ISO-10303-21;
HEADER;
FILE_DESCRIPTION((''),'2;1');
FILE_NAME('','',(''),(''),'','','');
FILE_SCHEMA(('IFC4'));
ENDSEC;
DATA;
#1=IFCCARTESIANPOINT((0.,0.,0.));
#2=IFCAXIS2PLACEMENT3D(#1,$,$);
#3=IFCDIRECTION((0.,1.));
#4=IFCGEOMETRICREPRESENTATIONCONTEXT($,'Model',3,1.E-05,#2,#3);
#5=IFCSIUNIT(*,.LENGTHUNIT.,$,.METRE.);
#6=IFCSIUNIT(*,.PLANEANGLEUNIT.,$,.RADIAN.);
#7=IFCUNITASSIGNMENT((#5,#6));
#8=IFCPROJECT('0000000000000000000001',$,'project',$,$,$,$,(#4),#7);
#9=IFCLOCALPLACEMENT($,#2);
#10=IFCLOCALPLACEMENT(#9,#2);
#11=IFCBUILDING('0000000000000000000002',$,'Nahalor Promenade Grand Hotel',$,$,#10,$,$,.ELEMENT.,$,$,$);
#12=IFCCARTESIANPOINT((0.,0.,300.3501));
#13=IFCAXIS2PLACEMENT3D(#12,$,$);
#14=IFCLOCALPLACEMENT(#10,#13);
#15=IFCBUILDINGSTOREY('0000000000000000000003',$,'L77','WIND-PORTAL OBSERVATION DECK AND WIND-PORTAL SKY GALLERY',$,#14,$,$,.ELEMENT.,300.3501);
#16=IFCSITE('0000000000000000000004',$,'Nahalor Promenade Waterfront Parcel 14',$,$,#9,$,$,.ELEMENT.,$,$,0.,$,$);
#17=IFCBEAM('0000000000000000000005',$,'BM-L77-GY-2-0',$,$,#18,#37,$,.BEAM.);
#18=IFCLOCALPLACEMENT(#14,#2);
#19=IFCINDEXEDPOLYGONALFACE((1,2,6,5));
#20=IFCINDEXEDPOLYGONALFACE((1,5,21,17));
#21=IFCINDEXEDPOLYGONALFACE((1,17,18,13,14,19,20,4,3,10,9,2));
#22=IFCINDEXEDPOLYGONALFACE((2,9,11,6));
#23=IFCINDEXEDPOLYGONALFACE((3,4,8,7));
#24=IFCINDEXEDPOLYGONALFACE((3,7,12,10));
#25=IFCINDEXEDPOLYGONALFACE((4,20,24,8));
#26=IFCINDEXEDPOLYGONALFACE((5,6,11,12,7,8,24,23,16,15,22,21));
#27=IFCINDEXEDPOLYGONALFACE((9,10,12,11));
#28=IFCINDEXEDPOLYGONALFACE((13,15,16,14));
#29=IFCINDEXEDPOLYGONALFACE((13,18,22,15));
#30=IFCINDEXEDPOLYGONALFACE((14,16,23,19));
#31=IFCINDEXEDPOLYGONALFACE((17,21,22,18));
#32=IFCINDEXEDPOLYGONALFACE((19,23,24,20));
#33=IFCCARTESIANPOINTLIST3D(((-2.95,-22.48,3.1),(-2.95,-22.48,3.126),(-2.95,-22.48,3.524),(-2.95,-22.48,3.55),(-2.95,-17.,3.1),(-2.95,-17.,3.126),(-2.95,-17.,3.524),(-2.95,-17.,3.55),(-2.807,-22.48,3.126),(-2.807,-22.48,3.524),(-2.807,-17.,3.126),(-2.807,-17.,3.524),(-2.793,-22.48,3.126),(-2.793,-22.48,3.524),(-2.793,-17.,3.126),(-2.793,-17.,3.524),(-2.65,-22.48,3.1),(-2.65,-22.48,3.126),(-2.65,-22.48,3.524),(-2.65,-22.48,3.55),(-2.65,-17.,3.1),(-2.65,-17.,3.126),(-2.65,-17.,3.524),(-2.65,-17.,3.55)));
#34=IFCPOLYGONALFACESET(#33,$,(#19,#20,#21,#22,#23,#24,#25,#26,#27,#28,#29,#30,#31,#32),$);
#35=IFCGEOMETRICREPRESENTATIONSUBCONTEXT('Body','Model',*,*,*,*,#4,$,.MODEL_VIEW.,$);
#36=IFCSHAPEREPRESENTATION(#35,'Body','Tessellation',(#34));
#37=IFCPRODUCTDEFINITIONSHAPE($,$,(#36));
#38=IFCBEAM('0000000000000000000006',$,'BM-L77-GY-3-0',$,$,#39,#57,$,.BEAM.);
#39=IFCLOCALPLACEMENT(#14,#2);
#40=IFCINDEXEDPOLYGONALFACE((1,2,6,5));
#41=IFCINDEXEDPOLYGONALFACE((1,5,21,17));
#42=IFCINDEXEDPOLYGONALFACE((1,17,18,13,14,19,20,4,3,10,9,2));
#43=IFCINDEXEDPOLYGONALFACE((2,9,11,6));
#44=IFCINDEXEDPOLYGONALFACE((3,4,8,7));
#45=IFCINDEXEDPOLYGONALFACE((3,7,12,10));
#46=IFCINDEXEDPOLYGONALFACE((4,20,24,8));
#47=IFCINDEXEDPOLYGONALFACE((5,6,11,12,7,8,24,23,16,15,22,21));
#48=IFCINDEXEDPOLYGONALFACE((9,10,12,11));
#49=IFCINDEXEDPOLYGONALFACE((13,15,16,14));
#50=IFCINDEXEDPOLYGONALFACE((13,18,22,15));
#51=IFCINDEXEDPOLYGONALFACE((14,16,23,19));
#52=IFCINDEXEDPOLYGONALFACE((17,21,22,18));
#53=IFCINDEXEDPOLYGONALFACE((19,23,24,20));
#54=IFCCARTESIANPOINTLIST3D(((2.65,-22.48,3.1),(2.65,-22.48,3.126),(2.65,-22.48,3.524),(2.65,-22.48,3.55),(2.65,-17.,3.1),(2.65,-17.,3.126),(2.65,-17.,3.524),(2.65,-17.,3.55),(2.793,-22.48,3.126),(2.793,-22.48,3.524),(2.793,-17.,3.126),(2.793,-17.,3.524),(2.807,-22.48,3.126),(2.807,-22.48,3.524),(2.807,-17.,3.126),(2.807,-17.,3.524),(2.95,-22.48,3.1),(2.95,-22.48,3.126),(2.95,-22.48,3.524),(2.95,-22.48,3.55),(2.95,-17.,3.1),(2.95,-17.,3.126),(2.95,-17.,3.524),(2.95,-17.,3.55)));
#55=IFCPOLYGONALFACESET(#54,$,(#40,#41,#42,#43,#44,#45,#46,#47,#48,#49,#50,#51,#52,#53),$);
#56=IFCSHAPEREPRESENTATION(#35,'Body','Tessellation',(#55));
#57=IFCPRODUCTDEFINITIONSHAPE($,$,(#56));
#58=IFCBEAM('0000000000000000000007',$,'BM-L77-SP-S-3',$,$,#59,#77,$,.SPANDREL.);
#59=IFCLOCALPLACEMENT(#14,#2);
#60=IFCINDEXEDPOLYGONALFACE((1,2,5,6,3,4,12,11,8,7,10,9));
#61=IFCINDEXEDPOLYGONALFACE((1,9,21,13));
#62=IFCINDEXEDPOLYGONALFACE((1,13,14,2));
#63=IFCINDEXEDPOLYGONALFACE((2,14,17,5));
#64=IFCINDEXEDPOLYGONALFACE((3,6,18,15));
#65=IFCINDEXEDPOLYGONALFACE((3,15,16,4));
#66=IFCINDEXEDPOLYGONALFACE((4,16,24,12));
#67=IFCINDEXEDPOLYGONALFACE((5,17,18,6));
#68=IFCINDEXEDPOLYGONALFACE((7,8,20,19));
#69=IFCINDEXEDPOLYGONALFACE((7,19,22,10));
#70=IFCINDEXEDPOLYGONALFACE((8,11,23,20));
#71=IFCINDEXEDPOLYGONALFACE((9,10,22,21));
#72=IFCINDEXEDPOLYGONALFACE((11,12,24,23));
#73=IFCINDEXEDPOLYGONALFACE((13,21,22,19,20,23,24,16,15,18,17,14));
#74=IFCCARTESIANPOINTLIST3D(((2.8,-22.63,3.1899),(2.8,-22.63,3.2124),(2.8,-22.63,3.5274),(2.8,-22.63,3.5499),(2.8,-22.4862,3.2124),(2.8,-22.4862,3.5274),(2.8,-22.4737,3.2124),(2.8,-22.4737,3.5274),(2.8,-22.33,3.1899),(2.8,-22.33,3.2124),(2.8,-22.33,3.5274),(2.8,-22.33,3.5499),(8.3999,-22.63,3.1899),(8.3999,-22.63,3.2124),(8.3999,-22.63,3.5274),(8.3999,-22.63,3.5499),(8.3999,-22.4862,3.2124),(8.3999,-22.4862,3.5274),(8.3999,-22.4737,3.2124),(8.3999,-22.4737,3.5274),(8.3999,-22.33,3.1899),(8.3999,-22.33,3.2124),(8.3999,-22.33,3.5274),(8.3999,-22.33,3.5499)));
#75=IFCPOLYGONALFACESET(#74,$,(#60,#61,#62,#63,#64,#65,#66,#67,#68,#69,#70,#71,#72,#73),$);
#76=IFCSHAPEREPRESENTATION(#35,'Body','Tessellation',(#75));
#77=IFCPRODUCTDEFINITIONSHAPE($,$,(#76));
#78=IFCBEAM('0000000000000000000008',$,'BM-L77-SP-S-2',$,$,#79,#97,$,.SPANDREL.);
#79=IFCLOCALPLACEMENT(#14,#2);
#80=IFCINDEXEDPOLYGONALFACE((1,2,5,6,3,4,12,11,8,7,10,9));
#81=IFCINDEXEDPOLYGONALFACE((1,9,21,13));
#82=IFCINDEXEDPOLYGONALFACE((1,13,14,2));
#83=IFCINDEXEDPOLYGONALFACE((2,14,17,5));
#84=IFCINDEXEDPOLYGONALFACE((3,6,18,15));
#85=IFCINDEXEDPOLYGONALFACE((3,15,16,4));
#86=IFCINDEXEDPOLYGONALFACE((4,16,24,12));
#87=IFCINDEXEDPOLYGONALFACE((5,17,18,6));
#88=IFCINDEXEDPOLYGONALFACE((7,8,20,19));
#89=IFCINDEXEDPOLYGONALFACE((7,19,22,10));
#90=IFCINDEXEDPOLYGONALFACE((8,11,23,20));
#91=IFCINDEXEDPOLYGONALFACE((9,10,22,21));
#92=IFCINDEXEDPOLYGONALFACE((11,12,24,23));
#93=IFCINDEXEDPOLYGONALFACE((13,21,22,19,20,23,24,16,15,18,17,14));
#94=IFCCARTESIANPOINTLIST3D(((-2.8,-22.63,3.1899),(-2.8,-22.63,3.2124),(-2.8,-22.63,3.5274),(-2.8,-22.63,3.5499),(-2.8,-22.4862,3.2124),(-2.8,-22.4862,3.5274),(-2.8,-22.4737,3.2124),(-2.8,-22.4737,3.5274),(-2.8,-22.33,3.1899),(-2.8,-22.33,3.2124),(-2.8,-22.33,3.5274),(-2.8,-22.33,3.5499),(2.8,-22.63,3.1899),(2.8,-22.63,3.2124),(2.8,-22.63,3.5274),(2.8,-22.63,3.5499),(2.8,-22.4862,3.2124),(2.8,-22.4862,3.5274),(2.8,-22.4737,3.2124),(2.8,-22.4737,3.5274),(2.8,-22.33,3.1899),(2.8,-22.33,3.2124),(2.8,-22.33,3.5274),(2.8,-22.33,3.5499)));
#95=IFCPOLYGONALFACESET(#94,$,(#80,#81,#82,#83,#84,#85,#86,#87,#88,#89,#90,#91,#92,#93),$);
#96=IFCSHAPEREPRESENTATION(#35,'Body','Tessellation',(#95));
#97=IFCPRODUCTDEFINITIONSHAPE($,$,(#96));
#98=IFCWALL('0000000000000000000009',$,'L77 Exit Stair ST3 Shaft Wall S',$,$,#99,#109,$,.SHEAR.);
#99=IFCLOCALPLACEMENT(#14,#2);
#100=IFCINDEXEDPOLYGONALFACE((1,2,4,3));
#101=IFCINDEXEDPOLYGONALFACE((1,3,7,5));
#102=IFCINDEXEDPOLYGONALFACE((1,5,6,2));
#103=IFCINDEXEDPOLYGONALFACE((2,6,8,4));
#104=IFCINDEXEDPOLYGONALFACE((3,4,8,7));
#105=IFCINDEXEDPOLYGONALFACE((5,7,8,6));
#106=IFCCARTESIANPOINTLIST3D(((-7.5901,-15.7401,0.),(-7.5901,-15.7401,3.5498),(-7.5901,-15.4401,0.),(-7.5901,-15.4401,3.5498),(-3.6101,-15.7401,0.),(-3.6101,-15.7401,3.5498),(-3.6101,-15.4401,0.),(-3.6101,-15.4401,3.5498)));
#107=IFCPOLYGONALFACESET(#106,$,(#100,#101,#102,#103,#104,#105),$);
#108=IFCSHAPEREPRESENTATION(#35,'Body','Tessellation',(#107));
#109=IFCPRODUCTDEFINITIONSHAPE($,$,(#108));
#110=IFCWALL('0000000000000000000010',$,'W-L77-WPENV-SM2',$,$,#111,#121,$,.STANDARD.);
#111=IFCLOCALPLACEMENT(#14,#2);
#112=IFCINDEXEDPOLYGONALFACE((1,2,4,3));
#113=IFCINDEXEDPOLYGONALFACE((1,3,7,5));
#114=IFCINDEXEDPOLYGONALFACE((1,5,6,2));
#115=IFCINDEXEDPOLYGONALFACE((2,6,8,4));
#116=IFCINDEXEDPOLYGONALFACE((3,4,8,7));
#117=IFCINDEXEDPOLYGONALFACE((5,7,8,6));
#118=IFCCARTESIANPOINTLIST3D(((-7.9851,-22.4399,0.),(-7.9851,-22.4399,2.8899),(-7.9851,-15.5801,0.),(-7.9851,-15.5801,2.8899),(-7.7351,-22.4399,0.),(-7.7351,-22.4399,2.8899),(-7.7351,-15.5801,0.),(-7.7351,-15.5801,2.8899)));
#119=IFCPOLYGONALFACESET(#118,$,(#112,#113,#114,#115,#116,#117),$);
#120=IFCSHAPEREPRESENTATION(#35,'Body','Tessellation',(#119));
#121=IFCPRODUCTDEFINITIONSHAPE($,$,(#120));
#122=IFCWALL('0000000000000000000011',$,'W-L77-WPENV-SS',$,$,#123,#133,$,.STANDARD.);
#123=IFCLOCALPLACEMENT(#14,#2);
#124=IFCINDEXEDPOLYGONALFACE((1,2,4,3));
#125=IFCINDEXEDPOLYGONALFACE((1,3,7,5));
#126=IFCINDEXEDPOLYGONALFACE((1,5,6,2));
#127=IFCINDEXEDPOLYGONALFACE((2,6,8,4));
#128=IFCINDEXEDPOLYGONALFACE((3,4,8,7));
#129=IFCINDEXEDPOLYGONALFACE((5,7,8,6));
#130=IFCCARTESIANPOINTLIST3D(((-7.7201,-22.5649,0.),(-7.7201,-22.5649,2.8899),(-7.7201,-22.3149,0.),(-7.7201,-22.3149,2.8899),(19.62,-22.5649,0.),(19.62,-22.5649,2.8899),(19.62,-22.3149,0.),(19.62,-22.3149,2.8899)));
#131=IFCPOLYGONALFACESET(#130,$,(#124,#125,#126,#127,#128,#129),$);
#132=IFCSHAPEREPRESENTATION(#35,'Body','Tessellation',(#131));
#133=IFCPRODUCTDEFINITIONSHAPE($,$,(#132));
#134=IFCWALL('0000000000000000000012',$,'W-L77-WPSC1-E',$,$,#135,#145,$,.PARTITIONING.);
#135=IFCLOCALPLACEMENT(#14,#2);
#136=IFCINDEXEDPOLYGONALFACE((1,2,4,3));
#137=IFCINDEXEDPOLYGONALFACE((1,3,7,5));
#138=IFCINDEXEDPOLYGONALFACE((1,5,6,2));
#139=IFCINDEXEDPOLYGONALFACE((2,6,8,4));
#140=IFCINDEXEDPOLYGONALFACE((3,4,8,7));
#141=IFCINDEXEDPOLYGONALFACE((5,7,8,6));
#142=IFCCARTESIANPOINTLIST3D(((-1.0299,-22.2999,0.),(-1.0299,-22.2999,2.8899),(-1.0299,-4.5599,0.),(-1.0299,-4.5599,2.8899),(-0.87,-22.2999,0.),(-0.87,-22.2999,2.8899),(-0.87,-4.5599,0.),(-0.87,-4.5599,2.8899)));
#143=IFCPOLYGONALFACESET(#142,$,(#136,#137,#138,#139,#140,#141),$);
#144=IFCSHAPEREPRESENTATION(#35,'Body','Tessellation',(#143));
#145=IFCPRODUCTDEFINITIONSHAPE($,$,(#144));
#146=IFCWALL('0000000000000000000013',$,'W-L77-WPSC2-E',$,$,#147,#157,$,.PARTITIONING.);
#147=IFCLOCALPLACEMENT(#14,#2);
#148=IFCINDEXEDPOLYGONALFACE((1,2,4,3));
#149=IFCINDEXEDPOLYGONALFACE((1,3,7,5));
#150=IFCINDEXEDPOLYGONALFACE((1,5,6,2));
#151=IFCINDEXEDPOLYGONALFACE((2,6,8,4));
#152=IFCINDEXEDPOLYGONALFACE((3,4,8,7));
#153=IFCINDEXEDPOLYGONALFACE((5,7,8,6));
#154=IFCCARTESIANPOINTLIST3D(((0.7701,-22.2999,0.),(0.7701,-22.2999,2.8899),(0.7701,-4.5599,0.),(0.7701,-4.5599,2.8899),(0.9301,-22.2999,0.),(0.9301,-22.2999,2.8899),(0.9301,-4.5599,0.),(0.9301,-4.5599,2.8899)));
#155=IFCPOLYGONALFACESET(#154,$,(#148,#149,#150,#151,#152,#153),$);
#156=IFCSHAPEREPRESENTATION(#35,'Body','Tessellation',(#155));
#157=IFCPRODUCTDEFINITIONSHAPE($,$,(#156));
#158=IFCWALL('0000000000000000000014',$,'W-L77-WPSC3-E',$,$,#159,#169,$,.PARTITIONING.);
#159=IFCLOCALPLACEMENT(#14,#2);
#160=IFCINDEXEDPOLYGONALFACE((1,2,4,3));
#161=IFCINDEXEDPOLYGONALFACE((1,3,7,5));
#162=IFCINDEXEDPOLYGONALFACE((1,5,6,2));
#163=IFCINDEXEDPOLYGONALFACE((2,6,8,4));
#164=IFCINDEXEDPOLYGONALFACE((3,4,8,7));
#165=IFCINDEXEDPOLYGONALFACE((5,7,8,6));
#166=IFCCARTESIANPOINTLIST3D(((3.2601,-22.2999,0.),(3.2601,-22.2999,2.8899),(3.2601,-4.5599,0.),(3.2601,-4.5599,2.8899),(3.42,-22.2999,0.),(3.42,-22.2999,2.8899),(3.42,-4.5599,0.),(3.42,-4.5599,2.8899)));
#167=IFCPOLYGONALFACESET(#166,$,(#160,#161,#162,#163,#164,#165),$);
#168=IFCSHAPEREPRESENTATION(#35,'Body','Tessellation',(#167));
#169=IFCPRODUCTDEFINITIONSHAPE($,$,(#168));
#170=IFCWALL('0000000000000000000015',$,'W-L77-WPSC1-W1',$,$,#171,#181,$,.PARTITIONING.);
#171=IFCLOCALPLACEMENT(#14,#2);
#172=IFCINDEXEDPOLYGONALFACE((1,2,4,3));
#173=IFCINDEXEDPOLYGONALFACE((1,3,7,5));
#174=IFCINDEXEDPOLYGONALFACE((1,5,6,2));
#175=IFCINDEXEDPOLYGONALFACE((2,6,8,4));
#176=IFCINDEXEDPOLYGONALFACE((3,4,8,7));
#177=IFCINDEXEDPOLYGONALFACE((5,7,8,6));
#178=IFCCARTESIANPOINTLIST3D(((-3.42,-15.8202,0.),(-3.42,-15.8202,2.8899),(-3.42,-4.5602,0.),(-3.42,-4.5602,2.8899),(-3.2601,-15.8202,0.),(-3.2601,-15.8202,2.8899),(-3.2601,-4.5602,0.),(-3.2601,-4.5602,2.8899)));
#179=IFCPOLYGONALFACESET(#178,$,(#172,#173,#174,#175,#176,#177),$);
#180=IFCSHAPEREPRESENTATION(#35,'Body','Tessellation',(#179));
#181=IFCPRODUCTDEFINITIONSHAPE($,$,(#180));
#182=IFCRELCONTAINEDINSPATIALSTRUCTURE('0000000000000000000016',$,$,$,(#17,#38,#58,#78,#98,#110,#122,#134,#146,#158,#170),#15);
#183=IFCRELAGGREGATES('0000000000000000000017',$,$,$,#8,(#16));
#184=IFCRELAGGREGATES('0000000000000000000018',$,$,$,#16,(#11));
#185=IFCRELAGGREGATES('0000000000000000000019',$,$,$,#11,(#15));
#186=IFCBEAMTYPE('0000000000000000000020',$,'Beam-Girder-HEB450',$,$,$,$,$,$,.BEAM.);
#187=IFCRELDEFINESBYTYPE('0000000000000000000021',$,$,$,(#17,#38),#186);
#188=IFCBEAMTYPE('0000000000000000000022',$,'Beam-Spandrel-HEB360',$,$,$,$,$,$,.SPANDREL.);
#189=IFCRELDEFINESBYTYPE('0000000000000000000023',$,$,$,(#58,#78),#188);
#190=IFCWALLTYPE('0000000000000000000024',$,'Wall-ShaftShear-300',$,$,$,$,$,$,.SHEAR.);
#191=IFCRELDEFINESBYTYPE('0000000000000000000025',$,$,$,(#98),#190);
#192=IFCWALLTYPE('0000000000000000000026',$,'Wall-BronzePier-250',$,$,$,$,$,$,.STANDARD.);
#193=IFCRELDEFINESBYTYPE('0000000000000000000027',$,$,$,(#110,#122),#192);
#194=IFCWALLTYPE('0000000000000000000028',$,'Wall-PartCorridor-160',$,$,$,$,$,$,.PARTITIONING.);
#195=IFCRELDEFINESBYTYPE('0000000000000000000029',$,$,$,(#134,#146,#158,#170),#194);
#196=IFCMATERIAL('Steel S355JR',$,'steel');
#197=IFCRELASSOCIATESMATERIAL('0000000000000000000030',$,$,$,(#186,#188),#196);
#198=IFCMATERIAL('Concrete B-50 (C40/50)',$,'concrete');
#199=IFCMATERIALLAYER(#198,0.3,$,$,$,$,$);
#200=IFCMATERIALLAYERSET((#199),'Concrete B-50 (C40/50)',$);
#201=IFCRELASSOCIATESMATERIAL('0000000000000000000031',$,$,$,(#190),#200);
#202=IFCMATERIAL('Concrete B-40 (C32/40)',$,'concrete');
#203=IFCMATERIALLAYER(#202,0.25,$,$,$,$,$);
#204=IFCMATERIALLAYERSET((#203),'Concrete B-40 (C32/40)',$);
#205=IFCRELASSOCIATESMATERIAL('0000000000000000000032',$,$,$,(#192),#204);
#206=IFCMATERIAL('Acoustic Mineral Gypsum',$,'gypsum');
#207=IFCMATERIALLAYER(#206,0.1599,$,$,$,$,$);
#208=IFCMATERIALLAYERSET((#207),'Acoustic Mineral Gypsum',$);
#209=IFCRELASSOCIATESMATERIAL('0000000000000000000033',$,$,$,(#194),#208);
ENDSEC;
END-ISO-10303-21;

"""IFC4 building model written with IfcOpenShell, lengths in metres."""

from ifc_helpers import new_model, si_unit, direction, frame, frame_2d, origin, origin_2d, place, context, subcontext, project, spatial, rectangle, i_section, extrude, source, transform, mapped, material, layer, layer_set, material_profile, profile_set, type_object, element, save


model = new_model("IFC4")

# Units and contexts
model_context = context("Model", 3, precision=1e-05, world=origin(), true_north=direction((0.0, 1.0)))
body_context = subcontext(model_context, "Body", "Model", "MODEL_VIEW")
ifc_project = project(units=[si_unit("LENGTHUNIT", "METRE"), si_unit("PLANEANGLEUNIT", "RADIAN")], contexts=[model_context])

# Site, building, storey
site_placement = place(None, origin())
site = spatial("IfcSite", under=ifc_project, at=site_placement, Name="Nahalor Promenade Waterfront Parcel 14", CompositionType="ELEMENT", RefElevation=0.0)
building_placement = place(site_placement, origin())
building = spatial("IfcBuilding", under=site, at=building_placement, Name="Nahalor Promenade Grand Hotel", CompositionType="ELEMENT")
storey_placement = place(building_placement, frame((0.0, 0.0, 300.3501)))
storey = spatial("IfcBuildingStorey", under=building, at=storey_placement, Name="L77", Description="WIND-PORTAL OBSERVATION DECK AND WIND-PORTAL SKY GALLERY", CompositionType="ELEMENT", Elevation=300.3501)

# Shared definitions
ifc_material_1 = material(Name="Concrete B-50 (C40/50)", Category="concrete")
ifc_material_2 = material(Name="Steel S355JR", Category="steel")

# Beams
ifc_material_profile_1 = material_profile(ifc_material_2, i_section(OverallWidth=0.3, OverallDepth=0.45, WebThickness=0.014, FlangeThickness=0.026, at=origin_2d()), Name="HEB 450")
ifc_profile_set_1 = profile_set([ifc_material_profile_1], Name="Steel S355JR")
beam_type_1 = type_object("IfcBeamType", Name="Beam-Girder-HEB450", PredefinedType="BEAM", material=ifc_profile_set_1)
shared_shape_1 = source(origin(), body_context, "Body", "SweptSolid", [
    extrude(i_section(OverallWidth=0.3, OverallDepth=0.45, WebThickness=0.014, FlangeThickness=0.026, at=origin_2d()), origin(), (0.0, 0.0, 1.0), 5.48),
])
for number, where, z_axis, x_axis, name in (
    (1, (-2.8, -22.48, 3.325), (0.0, 1.0, 0.0), (-1.0, 0.0, 0.0), "BM-L77-GY-2-0"),
    (2, (2.8, -22.48, 3.325), (0.0, 1.0, 0.0), (-1.0, 0.0, 0.0), "BM-L77-GY-3-0"),
):
    element("IfcBeam", number, at=place(storey_placement, frame(where, z_axis=z_axis, x_axis=x_axis)), inside=storey, type_object=beam_type_1, Name=name, PredefinedType="BEAM", context=body_context, shape_type="MappedRepresentation", body=[
        mapped(shared_shape_1, transform((0.0, 0.0, 0.0), scale=1.0)),
    ])
ifc_material_profile_2 = material_profile(ifc_material_2, i_section(OverallWidth=0.3, OverallDepth=0.36, WebThickness=0.0125, FlangeThickness=0.0225, at=origin_2d()), Name="HEB 360")
ifc_profile_set_2 = profile_set([ifc_material_profile_2], Name="Steel S355JR")
beam_type_2 = type_object("IfcBeamType", Name="Beam-Spandrel-HEB360", PredefinedType="SPANDREL", material=ifc_profile_set_2)
shared_shape_2 = source(origin(), body_context, "Body", "SweptSolid", [
    extrude(i_section(OverallWidth=0.3, OverallDepth=0.36, WebThickness=0.0125, FlangeThickness=0.0225, at=origin_2d()), origin(), (0.0, 0.0, 1.0), 5.5999),
])
beam_1_placement = place(storey_placement, frame((2.8, -22.48, 3.3699), z_axis=(1.0, 0.0, 0.0), x_axis=(0.0, 1.0, 0.0)))
element("IfcBeam", 3, at=beam_1_placement, inside=storey, type_object=beam_type_2, Name="BM-L77-SP-S-3", PredefinedType="SPANDREL", context=body_context, shape_type="MappedRepresentation", body=[
    mapped(shared_shape_2, transform((0.0, 0.0, 0.0), scale=1.0)),
])
shared_shape_3 = source(origin(), body_context, "Body", "SweptSolid", [
    extrude(i_section(OverallWidth=0.3, OverallDepth=0.36, WebThickness=0.0125, FlangeThickness=0.0225, at=origin_2d()), origin(), (0.0, 0.0, 1.0), 5.6001),
])
beam_2_placement = place(storey_placement, frame((-2.8, -22.48, 3.3699), z_axis=(1.0, 0.0, 0.0), x_axis=(0.0, 1.0, 0.0)))
element("IfcBeam", 4, at=beam_2_placement, inside=storey, type_object=beam_type_2, Name="BM-L77-SP-S-2", PredefinedType="SPANDREL", context=body_context, shape_type="MappedRepresentation", body=[
    mapped(shared_shape_3, transform((0.0, 0.0, 0.0), scale=1.0)),
])

# Walls
ifc_layer_1 = layer(ifc_material_1, 0.3)
ifc_layer_set_1 = layer_set([ifc_layer_1], Name="Concrete B-50 (C40/50)")
wall_type_1 = type_object("IfcWallType", Name="Wall-ShaftShear-300", PredefinedType="SHEAR", material=ifc_layer_set_1)
shared_shape_4 = source(origin(), body_context, "Body", "SweptSolid", [
    extrude(rectangle(XDim=3.98, YDim=0.3, at=frame_2d((1.99, 0.0))), origin(), (0.0, 0.0, 1.0), 3.5498),
])
wall_1_placement = place(storey_placement, frame((-7.5901, -15.5901, 0.0), z_axis=(0.0, 0.0, 1.0), x_axis=(1.0, 0.0, 0.0)))
element("IfcWall", 5, at=wall_1_placement, inside=storey, type_object=wall_type_1, Name="L77 Exit Stair ST3 Shaft Wall S", PredefinedType="SHEAR", context=body_context, shape_type="MappedRepresentation", body=[
    mapped(shared_shape_4, transform((0.0, 0.0, 0.0), scale=1.0)),
])
ifc_material_3 = material(Name="Concrete B-40 (C32/40)", Category="concrete")
ifc_layer_2 = layer(ifc_material_3, 0.25)
ifc_layer_set_2 = layer_set([ifc_layer_2], Name="Concrete B-40 (C32/40)")
wall_type_2 = type_object("IfcWallType", Name="Wall-BronzePier-250", PredefinedType="STANDARD", material=ifc_layer_set_2)
shared_shape_5 = source(origin(), body_context, "Body", "SweptSolid", [
    extrude(rectangle(XDim=6.8599, YDim=0.25, at=frame_2d((3.4299, 0.0))), origin(), (0.0, 0.0, 1.0), 2.8899),
])
wall_2_placement = place(storey_placement, frame((-7.8601, -22.4399, 0.0), z_axis=(0.0, 0.0, 1.0), x_axis=(0.0, 1.0, 0.0)))
element("IfcWall", 6, at=wall_2_placement, inside=storey, type_object=wall_type_2, Name="W-L77-WPENV-SM2", PredefinedType="STANDARD", context=body_context, shape_type="MappedRepresentation", body=[
    mapped(shared_shape_5, transform((0.0, 0.0, 0.0), scale=1.0)),
])
shared_shape_6 = source(origin(), body_context, "Body", "SweptSolid", [
    extrude(rectangle(XDim=27.3401, YDim=0.25, at=frame_2d((13.6699, 0.0))), origin(), (0.0, 0.0, 1.0), 2.8899),
])
wall_3_placement = place(storey_placement, frame((-7.72, -22.4399, 0.0), z_axis=(0.0, 0.0, 1.0), x_axis=(1.0, 0.0, 0.0)))
element("IfcWall", 7, at=wall_3_placement, inside=storey, type_object=wall_type_2, Name="W-L77-WPENV-SS", PredefinedType="STANDARD", context=body_context, shape_type="MappedRepresentation", body=[
    mapped(shared_shape_6, transform((0.0, 0.0, 0.0), scale=1.0)),
])
ifc_material_4 = material(Name="Acoustic Mineral Gypsum", Category="gypsum")
ifc_layer_3 = layer(ifc_material_4, 0.1599)
ifc_layer_set_3 = layer_set([ifc_layer_3], Name="Acoustic Mineral Gypsum")
wall_type_3 = type_object("IfcWallType", Name="Wall-PartCorridor-160", PredefinedType="PARTITIONING", material=ifc_layer_set_3)
shared_shape_7 = source(origin(), body_context, "Body", "SweptSolid", [
    extrude(rectangle(XDim=17.74, YDim=0.1599, at=frame_2d((8.8701, 0.0))), origin(), (0.0, 0.0, 1.0), 2.8899),
])
for number, where, z_axis, x_axis, name in (
    (8, (-0.95, -22.3, 0.0), (0.0, 0.0, 1.0), (0.0, 1.0, 0.0), "W-L77-WPSC1-E"),
    (9, (0.8501, -22.3, 0.0), (0.0, 0.0, 1.0), (0.0, 1.0, 0.0), "W-L77-WPSC2-E"),
    (10, (3.3401, -22.3, 0.0), (0.0, 0.0, 1.0), (0.0, 1.0, 0.0), "W-L77-WPSC3-E"),
):
    element("IfcWall", number, at=place(storey_placement, frame(where, z_axis=z_axis, x_axis=x_axis)), inside=storey, type_object=wall_type_3, Name=name, PredefinedType="PARTITIONING", context=body_context, shape_type="MappedRepresentation", body=[
        mapped(shared_shape_7, transform((0.0, 0.0, 0.0), scale=1.0)),
    ])
shared_shape_8 = source(origin(), body_context, "Body", "SweptSolid", [
    extrude(rectangle(XDim=11.26, YDim=0.1599, at=frame_2d((5.6299, 0.0))), origin(), (0.0, 0.0, 1.0), 2.8899),
])
wall_4_placement = place(storey_placement, frame((-3.3401, -15.8201, 0.0), z_axis=(0.0, 0.0, 1.0), x_axis=(0.0, 1.0, 0.0)))
element("IfcWall", 11, at=wall_4_placement, inside=storey, type_object=wall_type_3, Name="W-L77-WPSC1-W1", PredefinedType="PARTITIONING", context=body_context, shape_type="MappedRepresentation", body=[
    mapped(shared_shape_8, transform((0.0, 0.0, 0.0), scale=1.0)),
])

save(model, "model.ifc")
